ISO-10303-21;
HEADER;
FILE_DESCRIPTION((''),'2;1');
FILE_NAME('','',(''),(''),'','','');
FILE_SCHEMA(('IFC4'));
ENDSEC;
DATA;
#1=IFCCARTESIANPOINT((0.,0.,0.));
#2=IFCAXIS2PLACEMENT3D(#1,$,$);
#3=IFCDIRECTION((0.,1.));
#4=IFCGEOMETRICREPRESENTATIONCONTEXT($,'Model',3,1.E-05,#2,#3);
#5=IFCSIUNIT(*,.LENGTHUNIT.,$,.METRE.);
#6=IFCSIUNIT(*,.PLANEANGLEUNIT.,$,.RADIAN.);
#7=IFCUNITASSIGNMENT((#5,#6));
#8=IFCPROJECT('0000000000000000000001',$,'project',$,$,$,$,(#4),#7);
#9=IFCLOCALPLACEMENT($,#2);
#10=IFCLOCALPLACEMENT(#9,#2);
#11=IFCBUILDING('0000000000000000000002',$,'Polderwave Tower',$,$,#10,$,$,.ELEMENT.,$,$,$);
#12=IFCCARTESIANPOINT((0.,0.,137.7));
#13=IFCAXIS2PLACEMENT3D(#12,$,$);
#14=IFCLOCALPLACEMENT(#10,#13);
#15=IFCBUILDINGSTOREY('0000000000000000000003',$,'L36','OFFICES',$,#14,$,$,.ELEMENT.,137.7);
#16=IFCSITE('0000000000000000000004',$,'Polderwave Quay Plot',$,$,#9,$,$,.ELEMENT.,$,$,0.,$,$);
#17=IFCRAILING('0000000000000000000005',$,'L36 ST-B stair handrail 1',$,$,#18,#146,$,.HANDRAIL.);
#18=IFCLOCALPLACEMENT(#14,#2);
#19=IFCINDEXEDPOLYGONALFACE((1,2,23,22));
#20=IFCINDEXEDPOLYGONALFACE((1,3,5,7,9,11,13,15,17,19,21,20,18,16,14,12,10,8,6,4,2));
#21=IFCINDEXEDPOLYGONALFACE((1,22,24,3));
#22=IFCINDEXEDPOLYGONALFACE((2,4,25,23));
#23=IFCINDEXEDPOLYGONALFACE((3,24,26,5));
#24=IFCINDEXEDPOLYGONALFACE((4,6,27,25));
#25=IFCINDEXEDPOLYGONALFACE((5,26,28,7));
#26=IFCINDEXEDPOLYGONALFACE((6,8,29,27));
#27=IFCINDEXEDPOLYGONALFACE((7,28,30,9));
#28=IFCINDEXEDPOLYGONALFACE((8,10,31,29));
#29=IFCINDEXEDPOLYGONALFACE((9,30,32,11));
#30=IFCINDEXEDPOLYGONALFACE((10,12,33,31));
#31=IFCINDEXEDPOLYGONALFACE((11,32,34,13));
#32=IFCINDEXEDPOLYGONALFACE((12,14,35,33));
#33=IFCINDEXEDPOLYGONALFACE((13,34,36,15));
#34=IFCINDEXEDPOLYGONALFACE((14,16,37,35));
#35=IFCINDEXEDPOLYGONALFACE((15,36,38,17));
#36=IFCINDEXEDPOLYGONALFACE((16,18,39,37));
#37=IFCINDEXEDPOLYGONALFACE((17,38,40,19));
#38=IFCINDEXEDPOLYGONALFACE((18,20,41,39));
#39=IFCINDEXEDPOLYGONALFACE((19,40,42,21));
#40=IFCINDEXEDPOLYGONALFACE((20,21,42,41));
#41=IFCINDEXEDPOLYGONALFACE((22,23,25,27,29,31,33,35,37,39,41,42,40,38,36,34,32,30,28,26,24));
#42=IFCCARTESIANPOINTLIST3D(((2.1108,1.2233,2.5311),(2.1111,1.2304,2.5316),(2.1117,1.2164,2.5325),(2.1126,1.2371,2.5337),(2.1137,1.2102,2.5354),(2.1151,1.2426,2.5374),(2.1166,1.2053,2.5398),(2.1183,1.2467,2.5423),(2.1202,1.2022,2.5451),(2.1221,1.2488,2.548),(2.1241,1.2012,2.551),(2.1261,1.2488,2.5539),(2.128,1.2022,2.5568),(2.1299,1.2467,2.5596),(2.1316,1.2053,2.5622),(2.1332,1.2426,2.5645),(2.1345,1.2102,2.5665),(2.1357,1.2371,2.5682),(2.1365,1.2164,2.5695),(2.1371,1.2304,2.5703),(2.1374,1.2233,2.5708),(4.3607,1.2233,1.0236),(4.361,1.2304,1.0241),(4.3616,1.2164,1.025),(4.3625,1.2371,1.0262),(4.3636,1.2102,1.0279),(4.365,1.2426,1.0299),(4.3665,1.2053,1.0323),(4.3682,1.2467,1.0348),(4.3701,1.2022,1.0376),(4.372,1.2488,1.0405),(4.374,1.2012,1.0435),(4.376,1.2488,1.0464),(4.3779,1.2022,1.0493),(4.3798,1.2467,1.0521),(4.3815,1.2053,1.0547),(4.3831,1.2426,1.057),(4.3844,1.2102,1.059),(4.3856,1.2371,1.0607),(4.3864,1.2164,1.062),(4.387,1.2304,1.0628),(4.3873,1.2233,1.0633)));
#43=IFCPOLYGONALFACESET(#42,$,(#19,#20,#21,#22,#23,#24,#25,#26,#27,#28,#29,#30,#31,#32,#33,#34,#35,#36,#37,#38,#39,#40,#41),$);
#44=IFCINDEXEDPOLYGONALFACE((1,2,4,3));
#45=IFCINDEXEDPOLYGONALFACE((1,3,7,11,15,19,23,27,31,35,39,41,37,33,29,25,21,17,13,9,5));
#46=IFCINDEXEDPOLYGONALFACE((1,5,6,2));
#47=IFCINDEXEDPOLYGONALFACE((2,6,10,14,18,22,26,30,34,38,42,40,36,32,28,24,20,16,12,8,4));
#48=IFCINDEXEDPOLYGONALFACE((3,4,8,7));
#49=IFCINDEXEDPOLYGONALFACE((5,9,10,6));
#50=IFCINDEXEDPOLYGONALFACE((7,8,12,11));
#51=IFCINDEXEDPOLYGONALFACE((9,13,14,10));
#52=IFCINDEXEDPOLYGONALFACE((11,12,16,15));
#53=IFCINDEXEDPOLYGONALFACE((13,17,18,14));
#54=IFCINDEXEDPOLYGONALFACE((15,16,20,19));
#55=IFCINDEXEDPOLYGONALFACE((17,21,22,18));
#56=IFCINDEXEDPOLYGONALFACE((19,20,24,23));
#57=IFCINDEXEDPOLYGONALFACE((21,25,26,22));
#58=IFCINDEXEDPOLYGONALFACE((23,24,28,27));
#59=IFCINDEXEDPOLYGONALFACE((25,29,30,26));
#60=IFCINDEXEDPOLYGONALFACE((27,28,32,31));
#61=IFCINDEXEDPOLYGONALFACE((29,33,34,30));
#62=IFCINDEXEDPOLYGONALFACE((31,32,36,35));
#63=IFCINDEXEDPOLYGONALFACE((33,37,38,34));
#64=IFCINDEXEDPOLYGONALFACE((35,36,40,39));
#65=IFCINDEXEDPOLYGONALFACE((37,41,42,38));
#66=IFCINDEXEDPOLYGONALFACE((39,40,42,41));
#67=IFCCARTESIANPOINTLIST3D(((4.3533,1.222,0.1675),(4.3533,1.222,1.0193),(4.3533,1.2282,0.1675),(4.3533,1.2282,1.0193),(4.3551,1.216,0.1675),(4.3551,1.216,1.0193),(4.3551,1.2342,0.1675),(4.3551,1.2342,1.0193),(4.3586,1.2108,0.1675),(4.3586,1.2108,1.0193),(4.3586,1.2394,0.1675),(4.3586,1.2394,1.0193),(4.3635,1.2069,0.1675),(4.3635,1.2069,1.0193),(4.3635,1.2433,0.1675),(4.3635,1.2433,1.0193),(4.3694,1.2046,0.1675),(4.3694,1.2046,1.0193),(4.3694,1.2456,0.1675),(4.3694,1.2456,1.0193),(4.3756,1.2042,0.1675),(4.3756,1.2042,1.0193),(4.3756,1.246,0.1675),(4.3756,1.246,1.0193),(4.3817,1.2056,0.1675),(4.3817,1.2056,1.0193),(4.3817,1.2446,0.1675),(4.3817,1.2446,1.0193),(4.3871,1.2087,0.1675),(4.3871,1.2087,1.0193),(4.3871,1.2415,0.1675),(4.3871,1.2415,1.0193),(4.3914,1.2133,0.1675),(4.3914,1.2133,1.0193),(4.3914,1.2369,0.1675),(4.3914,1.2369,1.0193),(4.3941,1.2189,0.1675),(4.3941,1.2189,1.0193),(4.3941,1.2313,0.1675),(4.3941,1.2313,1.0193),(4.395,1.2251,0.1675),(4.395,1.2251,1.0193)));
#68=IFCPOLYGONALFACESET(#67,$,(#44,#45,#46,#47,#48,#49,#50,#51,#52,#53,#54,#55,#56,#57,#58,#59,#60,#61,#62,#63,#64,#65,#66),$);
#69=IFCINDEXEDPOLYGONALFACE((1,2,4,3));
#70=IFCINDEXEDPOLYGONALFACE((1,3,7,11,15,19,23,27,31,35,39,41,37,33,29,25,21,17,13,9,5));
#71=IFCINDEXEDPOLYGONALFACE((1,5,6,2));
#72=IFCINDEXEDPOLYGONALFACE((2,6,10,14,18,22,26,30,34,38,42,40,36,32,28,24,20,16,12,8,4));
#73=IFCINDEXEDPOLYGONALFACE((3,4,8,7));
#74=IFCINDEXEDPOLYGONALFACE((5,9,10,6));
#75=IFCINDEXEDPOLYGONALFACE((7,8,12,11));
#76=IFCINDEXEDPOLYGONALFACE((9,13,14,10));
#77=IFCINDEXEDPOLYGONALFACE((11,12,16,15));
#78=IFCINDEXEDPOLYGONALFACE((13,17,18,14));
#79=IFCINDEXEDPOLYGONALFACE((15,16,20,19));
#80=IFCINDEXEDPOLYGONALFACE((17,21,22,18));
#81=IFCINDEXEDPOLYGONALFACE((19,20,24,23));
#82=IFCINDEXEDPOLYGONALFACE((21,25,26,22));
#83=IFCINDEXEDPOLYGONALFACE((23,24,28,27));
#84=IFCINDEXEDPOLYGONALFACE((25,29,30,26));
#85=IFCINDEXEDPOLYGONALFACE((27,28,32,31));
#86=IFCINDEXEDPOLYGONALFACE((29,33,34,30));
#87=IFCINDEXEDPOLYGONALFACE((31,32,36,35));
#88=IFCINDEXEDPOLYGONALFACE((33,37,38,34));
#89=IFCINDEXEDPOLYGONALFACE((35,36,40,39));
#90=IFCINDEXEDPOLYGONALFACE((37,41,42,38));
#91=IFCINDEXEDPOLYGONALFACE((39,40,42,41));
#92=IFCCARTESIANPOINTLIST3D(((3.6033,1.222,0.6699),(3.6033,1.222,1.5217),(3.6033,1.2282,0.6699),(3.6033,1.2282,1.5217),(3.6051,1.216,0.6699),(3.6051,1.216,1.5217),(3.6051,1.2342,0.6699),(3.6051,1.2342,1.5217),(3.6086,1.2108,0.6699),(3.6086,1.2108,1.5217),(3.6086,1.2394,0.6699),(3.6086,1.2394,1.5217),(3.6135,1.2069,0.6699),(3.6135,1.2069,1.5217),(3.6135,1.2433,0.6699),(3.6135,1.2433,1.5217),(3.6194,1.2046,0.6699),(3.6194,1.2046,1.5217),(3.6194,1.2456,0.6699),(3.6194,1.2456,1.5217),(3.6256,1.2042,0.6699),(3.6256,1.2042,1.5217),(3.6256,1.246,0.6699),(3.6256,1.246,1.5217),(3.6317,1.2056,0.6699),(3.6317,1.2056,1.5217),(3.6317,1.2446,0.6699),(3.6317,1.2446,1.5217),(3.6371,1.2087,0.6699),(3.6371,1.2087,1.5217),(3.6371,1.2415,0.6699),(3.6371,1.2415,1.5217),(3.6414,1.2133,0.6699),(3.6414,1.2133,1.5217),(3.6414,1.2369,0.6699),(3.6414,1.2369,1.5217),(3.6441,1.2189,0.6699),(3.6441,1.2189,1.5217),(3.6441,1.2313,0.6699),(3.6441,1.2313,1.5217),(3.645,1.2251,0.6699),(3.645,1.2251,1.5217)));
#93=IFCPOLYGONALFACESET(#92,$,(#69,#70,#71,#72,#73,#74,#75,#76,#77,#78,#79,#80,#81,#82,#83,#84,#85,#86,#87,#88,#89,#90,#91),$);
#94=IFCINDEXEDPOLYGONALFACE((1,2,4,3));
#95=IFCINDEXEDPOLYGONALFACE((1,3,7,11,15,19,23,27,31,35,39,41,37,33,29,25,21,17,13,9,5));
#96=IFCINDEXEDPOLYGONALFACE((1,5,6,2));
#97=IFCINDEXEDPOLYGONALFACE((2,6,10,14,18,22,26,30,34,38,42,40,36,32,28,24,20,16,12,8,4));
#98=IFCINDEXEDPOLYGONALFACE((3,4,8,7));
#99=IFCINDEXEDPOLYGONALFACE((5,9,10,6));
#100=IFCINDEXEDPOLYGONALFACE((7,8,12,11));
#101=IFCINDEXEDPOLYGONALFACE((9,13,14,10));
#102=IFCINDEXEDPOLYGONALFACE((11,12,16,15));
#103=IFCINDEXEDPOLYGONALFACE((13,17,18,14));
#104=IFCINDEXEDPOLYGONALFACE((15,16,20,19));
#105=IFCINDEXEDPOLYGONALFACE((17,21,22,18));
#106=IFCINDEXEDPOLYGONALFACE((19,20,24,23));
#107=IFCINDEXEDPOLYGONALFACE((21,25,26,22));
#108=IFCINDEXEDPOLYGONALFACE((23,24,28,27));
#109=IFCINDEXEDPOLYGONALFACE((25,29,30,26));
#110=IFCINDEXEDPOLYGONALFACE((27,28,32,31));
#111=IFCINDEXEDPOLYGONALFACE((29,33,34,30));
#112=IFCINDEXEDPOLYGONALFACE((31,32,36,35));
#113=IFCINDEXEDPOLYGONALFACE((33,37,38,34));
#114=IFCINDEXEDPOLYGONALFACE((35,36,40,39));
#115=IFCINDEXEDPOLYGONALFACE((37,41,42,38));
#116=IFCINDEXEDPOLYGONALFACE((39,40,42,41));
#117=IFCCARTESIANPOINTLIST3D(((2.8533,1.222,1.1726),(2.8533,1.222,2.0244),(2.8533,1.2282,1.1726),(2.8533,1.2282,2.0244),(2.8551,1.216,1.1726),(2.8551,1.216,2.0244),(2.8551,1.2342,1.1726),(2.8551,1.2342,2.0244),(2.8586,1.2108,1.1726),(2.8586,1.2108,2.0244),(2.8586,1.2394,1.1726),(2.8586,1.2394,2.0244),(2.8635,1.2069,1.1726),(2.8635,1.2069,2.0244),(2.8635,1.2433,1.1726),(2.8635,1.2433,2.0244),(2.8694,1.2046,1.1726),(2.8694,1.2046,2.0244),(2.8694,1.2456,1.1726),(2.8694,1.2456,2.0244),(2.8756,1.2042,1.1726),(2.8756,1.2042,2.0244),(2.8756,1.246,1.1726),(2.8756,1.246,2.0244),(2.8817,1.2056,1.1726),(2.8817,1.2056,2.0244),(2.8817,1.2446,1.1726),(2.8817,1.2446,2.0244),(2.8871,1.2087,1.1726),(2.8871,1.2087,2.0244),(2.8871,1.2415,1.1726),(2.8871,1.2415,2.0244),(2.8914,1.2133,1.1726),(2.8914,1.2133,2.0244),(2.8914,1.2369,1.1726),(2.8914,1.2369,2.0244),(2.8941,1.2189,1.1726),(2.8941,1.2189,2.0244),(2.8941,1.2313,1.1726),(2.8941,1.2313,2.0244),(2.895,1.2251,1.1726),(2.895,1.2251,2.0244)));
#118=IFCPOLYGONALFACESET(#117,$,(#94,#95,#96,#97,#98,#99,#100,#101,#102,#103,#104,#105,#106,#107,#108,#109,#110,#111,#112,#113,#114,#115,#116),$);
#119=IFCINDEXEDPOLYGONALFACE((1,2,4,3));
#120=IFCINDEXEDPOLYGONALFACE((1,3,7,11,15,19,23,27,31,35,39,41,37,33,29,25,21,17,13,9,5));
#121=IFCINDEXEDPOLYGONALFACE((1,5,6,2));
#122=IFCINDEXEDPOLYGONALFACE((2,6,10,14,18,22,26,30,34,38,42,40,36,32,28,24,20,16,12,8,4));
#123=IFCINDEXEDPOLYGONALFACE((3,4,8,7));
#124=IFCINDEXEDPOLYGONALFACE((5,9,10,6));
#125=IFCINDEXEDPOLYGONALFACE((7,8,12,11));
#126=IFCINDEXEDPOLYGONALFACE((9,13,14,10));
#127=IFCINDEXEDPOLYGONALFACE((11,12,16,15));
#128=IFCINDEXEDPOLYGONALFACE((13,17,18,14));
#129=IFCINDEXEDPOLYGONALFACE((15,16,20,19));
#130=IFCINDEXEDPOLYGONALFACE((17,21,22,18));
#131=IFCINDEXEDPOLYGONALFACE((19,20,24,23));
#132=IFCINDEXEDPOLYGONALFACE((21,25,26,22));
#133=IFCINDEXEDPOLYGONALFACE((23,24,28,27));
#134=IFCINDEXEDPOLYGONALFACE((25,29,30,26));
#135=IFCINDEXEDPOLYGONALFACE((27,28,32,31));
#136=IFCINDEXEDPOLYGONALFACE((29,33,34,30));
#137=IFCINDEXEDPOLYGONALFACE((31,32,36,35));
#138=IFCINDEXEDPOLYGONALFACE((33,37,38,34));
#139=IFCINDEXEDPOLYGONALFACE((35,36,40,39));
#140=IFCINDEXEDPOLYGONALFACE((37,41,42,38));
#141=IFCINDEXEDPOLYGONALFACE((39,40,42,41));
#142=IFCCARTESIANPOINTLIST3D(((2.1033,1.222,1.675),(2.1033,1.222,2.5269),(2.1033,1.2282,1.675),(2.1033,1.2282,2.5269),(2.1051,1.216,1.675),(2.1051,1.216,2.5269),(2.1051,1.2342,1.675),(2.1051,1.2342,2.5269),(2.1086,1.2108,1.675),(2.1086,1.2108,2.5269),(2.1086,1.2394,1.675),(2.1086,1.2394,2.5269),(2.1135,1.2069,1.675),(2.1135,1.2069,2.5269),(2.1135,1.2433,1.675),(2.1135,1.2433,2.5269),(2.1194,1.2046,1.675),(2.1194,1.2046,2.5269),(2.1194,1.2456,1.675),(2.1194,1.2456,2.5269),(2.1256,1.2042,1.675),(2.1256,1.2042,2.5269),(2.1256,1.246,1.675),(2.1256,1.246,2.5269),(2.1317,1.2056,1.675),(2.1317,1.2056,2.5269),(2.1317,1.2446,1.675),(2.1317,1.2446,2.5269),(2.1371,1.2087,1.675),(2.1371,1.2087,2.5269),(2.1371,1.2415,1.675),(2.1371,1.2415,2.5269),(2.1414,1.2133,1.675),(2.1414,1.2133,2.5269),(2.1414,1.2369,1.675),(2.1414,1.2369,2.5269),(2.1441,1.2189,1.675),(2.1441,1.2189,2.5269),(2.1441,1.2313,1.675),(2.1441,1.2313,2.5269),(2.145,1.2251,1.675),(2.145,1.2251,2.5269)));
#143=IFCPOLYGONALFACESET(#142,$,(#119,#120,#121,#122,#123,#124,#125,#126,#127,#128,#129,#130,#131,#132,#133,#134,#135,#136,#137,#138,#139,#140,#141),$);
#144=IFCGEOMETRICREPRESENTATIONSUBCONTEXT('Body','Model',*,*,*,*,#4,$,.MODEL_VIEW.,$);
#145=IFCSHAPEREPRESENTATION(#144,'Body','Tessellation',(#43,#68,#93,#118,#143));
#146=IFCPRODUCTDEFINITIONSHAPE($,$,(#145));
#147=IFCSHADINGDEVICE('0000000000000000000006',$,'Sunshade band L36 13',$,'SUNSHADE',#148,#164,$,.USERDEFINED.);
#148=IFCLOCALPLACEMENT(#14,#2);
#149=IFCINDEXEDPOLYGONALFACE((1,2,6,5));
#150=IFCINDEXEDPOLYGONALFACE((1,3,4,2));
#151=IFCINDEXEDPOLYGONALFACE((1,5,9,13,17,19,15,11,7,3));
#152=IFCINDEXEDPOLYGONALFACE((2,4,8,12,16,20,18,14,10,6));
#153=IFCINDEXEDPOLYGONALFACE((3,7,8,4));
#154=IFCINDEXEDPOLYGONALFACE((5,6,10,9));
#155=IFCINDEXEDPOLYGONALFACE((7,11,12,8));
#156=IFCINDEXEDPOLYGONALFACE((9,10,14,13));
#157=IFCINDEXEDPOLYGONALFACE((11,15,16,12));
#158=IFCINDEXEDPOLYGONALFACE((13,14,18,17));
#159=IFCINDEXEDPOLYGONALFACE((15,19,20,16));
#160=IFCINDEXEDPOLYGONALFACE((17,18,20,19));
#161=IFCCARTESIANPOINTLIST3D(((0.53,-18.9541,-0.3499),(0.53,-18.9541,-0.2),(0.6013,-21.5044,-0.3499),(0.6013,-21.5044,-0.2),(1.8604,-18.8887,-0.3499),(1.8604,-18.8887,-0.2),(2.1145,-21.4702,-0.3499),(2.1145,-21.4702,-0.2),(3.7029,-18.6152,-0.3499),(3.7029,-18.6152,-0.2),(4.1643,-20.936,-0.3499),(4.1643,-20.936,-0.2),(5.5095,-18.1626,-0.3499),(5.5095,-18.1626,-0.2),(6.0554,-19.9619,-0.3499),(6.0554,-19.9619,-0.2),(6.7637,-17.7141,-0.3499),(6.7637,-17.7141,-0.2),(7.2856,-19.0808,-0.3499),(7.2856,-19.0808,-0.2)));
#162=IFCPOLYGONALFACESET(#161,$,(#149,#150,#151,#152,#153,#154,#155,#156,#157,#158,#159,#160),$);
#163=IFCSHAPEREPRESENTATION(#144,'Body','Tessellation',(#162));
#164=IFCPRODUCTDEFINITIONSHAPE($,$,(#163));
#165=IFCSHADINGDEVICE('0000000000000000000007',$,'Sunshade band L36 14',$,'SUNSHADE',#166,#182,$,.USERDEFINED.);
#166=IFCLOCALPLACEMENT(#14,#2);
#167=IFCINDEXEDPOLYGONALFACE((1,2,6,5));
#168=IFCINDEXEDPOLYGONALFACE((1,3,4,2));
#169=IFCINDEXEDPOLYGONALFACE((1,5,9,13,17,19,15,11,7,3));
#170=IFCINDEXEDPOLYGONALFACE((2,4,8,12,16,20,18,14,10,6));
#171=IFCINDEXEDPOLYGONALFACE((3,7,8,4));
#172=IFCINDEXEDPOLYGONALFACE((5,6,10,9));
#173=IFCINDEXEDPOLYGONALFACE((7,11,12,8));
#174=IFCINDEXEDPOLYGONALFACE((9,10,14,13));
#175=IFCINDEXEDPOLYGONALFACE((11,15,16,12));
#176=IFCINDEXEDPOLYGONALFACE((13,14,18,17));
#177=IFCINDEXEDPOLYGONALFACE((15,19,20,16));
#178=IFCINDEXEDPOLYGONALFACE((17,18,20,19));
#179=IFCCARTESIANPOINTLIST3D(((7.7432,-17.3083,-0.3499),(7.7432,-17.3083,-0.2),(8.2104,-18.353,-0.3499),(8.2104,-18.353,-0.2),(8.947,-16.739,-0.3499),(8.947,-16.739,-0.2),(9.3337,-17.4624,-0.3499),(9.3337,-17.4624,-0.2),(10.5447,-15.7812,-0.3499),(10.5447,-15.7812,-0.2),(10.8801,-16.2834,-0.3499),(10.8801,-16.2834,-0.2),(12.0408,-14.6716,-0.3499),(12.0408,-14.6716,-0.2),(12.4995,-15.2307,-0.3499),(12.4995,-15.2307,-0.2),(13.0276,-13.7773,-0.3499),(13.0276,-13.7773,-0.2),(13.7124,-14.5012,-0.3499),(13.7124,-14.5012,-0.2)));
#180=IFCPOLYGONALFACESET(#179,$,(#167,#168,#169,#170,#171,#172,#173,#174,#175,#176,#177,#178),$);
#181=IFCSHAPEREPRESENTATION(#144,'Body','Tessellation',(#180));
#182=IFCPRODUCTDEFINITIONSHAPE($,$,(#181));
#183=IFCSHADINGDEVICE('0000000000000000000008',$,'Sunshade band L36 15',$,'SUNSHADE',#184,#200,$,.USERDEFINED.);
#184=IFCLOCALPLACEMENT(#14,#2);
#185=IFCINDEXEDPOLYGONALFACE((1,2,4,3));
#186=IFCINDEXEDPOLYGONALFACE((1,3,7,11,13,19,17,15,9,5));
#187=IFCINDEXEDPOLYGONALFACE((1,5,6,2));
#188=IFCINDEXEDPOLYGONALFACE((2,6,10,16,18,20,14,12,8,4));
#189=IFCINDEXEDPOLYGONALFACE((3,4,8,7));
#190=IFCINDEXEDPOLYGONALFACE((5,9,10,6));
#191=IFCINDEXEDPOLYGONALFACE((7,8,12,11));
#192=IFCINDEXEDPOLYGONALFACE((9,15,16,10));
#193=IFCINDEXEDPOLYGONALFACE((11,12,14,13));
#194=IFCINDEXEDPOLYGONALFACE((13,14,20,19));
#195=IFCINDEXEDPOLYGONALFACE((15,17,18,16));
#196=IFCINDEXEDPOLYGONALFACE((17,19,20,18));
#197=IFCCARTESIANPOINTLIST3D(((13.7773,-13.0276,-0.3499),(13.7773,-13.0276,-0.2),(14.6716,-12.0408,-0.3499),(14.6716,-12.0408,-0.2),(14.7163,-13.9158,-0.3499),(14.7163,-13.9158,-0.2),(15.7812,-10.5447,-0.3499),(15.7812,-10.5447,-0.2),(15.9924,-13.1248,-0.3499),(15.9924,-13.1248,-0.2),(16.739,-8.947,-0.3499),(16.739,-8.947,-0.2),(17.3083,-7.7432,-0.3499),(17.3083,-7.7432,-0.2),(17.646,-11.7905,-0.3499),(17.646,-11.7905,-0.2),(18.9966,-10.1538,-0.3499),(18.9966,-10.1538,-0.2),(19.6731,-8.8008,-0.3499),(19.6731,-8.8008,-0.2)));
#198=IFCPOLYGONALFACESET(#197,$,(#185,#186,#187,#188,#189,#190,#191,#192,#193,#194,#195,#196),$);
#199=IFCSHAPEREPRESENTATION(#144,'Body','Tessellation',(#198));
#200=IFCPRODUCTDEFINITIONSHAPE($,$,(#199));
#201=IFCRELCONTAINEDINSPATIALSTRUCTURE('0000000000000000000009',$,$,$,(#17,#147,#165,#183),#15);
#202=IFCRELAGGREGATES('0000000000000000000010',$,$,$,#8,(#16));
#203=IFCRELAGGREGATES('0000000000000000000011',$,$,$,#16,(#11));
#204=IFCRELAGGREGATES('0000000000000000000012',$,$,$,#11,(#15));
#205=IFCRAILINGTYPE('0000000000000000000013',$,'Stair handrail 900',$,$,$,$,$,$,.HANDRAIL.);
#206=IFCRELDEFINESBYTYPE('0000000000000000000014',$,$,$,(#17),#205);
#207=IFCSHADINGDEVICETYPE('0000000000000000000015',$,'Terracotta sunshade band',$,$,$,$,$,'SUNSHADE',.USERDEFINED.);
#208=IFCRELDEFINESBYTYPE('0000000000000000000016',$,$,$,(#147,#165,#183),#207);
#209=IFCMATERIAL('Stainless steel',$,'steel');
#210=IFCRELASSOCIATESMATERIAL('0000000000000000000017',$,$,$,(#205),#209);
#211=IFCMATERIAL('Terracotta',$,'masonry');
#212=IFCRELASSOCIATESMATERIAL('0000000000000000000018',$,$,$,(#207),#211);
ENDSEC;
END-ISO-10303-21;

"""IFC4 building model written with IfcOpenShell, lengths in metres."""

from ifc_helpers import new_model, si_unit, direction, frame, origin, origin_2d, place, context, subcontext, project, spatial, polyline, circle, outline, extrude, material, type_object, element, save


model = new_model("IFC4")

# Units and contexts
model_context = context("Model", 3, precision=1e-05, world=origin(), true_north=direction((0.0, 1.0)))
body_context = subcontext(model_context, "Body", "Model", "MODEL_VIEW")
ifc_project = project(units=[si_unit("LENGTHUNIT", "METRE"), si_unit("PLANEANGLEUNIT", "RADIAN")], contexts=[model_context])

# Site, building, storey
site_placement = place(None, origin())
site = spatial("IfcSite", under=ifc_project, at=site_placement, Name="Polderwave Quay Plot", CompositionType="ELEMENT", RefElevation=0.0)
building_placement = place(site_placement, origin())
building = spatial("IfcBuilding", under=site, at=building_placement, Name="Polderwave Tower", CompositionType="ELEMENT")
storey_placement = place(building_placement, frame((0.0, 0.0, 137.7)))
storey = spatial("IfcBuildingStorey", under=building, at=storey_placement, Name="L36", Description="OFFICES", CompositionType="ELEMENT", Elevation=137.7)

# Shared definitions
ifc_material_1 = material(Name="Stainless steel", Category="steel")

# Railing
railing_type_1 = type_object("IfcRailingType", Name="Stair handrail 900", PredefinedType="HANDRAIL", material=ifc_material_1)
railing_1_placement = place(storey_placement, frame((4.374, 1.2251, 0.1675)))
element("IfcRailing", 1, at=railing_1_placement, inside=storey, type_object=railing_type_1, Name="L36 ST-B stair handrail 1", PredefinedType="HANDRAIL", context=body_context, shape_type="SweptSolid", body=[
    extrude(circle(Radius=0.0239, at=origin_2d()), frame((0.0, 0.0, 0.876), z_axis=(-0.830758, 0.0, 0.556633), x_axis=(0.0, -1.0, 0.0)), (0.0, 0.0, 1.0), 2.7083),
    extrude(circle(Radius=0.021, at=origin_2d()), origin(), (0.0, 0.0, 1.0), 0.8518),
    extrude(circle(Radius=0.021, at=origin_2d()), frame((-0.75, 0.0, 0.5024)), (0.0, 0.0, 1.0), 0.8518),
    extrude(circle(Radius=0.021, at=origin_2d()), frame((-1.5, 0.0, 1.0051)), (0.0, 0.0, 1.0), 0.8518),
    extrude(circle(Radius=0.021, at=origin_2d()), frame((-2.25, 0.0, 1.5076)), (0.0, 0.0, 1.0), 0.8518),
])

# Shading devices
ifc_material_2 = material(Name="Terracotta", Category="masonry")
shading_device_type = type_object("IfcShadingDeviceType", Name="Terracotta sunshade band", ElementType="SUNSHADE", PredefinedType="USERDEFINED", material=ifc_material_2)
shading_device_1_placement = place(storey_placement, frame((0.0, 0.0, -0.3499)))
element("IfcShadingDevice", 2, at=shading_device_1_placement, inside=storey, type_object=shading_device_type, Name="Sunshade band L36 13", ObjectType="SUNSHADE", PredefinedType="USERDEFINED", context=body_context, shape_type="SweptSolid", body=[
    extrude(outline(polyline([(0.53, -18.9541), (1.8604, -18.8887), (3.7029, -18.6152), (5.5095, -18.1626), (6.7637, -17.7141), (7.2856, -19.0808), (6.0554, -19.9619), (4.1643, -20.936), (2.1145, -21.4702), (0.6013, -21.5044), (0.53, -18.9541)])), origin(), (0.0, 0.0, 1.0), 0.1499),
])
shading_device_2_placement = place(storey_placement, frame((0.0, 0.0, -0.3499)))
element("IfcShadingDevice", 3, at=shading_device_2_placement, inside=storey, type_object=shading_device_type, Name="Sunshade band L36 14", ObjectType="SUNSHADE", PredefinedType="USERDEFINED", context=body_context, shape_type="SweptSolid", body=[
    extrude(outline(polyline([(7.7432, -17.3083), (8.947, -16.739), (10.5447, -15.7812), (12.0408, -14.6716), (13.0276, -13.7773), (13.7124, -14.5012), (12.4995, -15.2307), (10.8801, -16.2834), (9.3337, -17.4624), (8.2104, -18.353), (7.7432, -17.3083)])), origin(), (0.0, 0.0, 1.0), 0.1499),
])
shading_device_3_placement = place(storey_placement, frame((0.0, 0.0, -0.3499)))
element("IfcShadingDevice", 4, at=shading_device_3_placement, inside=storey, type_object=shading_device_type, Name="Sunshade band L36 15", ObjectType="SUNSHADE", PredefinedType="USERDEFINED", context=body_context, shape_type="SweptSolid", body=[
    extrude(outline(polyline([(13.7773, -13.0276), (14.6716, -12.0408), (15.7812, -10.5447), (16.739, -8.947), (17.3083, -7.7432), (19.6731, -8.8008), (18.9966, -10.1538), (17.646, -11.7905), (15.9924, -13.1248), (14.7163, -13.9158), (13.7773, -13.0276)])), origin(), (0.0, 0.0, 1.0), 0.1499),
])

save(model, "model.ifc")
